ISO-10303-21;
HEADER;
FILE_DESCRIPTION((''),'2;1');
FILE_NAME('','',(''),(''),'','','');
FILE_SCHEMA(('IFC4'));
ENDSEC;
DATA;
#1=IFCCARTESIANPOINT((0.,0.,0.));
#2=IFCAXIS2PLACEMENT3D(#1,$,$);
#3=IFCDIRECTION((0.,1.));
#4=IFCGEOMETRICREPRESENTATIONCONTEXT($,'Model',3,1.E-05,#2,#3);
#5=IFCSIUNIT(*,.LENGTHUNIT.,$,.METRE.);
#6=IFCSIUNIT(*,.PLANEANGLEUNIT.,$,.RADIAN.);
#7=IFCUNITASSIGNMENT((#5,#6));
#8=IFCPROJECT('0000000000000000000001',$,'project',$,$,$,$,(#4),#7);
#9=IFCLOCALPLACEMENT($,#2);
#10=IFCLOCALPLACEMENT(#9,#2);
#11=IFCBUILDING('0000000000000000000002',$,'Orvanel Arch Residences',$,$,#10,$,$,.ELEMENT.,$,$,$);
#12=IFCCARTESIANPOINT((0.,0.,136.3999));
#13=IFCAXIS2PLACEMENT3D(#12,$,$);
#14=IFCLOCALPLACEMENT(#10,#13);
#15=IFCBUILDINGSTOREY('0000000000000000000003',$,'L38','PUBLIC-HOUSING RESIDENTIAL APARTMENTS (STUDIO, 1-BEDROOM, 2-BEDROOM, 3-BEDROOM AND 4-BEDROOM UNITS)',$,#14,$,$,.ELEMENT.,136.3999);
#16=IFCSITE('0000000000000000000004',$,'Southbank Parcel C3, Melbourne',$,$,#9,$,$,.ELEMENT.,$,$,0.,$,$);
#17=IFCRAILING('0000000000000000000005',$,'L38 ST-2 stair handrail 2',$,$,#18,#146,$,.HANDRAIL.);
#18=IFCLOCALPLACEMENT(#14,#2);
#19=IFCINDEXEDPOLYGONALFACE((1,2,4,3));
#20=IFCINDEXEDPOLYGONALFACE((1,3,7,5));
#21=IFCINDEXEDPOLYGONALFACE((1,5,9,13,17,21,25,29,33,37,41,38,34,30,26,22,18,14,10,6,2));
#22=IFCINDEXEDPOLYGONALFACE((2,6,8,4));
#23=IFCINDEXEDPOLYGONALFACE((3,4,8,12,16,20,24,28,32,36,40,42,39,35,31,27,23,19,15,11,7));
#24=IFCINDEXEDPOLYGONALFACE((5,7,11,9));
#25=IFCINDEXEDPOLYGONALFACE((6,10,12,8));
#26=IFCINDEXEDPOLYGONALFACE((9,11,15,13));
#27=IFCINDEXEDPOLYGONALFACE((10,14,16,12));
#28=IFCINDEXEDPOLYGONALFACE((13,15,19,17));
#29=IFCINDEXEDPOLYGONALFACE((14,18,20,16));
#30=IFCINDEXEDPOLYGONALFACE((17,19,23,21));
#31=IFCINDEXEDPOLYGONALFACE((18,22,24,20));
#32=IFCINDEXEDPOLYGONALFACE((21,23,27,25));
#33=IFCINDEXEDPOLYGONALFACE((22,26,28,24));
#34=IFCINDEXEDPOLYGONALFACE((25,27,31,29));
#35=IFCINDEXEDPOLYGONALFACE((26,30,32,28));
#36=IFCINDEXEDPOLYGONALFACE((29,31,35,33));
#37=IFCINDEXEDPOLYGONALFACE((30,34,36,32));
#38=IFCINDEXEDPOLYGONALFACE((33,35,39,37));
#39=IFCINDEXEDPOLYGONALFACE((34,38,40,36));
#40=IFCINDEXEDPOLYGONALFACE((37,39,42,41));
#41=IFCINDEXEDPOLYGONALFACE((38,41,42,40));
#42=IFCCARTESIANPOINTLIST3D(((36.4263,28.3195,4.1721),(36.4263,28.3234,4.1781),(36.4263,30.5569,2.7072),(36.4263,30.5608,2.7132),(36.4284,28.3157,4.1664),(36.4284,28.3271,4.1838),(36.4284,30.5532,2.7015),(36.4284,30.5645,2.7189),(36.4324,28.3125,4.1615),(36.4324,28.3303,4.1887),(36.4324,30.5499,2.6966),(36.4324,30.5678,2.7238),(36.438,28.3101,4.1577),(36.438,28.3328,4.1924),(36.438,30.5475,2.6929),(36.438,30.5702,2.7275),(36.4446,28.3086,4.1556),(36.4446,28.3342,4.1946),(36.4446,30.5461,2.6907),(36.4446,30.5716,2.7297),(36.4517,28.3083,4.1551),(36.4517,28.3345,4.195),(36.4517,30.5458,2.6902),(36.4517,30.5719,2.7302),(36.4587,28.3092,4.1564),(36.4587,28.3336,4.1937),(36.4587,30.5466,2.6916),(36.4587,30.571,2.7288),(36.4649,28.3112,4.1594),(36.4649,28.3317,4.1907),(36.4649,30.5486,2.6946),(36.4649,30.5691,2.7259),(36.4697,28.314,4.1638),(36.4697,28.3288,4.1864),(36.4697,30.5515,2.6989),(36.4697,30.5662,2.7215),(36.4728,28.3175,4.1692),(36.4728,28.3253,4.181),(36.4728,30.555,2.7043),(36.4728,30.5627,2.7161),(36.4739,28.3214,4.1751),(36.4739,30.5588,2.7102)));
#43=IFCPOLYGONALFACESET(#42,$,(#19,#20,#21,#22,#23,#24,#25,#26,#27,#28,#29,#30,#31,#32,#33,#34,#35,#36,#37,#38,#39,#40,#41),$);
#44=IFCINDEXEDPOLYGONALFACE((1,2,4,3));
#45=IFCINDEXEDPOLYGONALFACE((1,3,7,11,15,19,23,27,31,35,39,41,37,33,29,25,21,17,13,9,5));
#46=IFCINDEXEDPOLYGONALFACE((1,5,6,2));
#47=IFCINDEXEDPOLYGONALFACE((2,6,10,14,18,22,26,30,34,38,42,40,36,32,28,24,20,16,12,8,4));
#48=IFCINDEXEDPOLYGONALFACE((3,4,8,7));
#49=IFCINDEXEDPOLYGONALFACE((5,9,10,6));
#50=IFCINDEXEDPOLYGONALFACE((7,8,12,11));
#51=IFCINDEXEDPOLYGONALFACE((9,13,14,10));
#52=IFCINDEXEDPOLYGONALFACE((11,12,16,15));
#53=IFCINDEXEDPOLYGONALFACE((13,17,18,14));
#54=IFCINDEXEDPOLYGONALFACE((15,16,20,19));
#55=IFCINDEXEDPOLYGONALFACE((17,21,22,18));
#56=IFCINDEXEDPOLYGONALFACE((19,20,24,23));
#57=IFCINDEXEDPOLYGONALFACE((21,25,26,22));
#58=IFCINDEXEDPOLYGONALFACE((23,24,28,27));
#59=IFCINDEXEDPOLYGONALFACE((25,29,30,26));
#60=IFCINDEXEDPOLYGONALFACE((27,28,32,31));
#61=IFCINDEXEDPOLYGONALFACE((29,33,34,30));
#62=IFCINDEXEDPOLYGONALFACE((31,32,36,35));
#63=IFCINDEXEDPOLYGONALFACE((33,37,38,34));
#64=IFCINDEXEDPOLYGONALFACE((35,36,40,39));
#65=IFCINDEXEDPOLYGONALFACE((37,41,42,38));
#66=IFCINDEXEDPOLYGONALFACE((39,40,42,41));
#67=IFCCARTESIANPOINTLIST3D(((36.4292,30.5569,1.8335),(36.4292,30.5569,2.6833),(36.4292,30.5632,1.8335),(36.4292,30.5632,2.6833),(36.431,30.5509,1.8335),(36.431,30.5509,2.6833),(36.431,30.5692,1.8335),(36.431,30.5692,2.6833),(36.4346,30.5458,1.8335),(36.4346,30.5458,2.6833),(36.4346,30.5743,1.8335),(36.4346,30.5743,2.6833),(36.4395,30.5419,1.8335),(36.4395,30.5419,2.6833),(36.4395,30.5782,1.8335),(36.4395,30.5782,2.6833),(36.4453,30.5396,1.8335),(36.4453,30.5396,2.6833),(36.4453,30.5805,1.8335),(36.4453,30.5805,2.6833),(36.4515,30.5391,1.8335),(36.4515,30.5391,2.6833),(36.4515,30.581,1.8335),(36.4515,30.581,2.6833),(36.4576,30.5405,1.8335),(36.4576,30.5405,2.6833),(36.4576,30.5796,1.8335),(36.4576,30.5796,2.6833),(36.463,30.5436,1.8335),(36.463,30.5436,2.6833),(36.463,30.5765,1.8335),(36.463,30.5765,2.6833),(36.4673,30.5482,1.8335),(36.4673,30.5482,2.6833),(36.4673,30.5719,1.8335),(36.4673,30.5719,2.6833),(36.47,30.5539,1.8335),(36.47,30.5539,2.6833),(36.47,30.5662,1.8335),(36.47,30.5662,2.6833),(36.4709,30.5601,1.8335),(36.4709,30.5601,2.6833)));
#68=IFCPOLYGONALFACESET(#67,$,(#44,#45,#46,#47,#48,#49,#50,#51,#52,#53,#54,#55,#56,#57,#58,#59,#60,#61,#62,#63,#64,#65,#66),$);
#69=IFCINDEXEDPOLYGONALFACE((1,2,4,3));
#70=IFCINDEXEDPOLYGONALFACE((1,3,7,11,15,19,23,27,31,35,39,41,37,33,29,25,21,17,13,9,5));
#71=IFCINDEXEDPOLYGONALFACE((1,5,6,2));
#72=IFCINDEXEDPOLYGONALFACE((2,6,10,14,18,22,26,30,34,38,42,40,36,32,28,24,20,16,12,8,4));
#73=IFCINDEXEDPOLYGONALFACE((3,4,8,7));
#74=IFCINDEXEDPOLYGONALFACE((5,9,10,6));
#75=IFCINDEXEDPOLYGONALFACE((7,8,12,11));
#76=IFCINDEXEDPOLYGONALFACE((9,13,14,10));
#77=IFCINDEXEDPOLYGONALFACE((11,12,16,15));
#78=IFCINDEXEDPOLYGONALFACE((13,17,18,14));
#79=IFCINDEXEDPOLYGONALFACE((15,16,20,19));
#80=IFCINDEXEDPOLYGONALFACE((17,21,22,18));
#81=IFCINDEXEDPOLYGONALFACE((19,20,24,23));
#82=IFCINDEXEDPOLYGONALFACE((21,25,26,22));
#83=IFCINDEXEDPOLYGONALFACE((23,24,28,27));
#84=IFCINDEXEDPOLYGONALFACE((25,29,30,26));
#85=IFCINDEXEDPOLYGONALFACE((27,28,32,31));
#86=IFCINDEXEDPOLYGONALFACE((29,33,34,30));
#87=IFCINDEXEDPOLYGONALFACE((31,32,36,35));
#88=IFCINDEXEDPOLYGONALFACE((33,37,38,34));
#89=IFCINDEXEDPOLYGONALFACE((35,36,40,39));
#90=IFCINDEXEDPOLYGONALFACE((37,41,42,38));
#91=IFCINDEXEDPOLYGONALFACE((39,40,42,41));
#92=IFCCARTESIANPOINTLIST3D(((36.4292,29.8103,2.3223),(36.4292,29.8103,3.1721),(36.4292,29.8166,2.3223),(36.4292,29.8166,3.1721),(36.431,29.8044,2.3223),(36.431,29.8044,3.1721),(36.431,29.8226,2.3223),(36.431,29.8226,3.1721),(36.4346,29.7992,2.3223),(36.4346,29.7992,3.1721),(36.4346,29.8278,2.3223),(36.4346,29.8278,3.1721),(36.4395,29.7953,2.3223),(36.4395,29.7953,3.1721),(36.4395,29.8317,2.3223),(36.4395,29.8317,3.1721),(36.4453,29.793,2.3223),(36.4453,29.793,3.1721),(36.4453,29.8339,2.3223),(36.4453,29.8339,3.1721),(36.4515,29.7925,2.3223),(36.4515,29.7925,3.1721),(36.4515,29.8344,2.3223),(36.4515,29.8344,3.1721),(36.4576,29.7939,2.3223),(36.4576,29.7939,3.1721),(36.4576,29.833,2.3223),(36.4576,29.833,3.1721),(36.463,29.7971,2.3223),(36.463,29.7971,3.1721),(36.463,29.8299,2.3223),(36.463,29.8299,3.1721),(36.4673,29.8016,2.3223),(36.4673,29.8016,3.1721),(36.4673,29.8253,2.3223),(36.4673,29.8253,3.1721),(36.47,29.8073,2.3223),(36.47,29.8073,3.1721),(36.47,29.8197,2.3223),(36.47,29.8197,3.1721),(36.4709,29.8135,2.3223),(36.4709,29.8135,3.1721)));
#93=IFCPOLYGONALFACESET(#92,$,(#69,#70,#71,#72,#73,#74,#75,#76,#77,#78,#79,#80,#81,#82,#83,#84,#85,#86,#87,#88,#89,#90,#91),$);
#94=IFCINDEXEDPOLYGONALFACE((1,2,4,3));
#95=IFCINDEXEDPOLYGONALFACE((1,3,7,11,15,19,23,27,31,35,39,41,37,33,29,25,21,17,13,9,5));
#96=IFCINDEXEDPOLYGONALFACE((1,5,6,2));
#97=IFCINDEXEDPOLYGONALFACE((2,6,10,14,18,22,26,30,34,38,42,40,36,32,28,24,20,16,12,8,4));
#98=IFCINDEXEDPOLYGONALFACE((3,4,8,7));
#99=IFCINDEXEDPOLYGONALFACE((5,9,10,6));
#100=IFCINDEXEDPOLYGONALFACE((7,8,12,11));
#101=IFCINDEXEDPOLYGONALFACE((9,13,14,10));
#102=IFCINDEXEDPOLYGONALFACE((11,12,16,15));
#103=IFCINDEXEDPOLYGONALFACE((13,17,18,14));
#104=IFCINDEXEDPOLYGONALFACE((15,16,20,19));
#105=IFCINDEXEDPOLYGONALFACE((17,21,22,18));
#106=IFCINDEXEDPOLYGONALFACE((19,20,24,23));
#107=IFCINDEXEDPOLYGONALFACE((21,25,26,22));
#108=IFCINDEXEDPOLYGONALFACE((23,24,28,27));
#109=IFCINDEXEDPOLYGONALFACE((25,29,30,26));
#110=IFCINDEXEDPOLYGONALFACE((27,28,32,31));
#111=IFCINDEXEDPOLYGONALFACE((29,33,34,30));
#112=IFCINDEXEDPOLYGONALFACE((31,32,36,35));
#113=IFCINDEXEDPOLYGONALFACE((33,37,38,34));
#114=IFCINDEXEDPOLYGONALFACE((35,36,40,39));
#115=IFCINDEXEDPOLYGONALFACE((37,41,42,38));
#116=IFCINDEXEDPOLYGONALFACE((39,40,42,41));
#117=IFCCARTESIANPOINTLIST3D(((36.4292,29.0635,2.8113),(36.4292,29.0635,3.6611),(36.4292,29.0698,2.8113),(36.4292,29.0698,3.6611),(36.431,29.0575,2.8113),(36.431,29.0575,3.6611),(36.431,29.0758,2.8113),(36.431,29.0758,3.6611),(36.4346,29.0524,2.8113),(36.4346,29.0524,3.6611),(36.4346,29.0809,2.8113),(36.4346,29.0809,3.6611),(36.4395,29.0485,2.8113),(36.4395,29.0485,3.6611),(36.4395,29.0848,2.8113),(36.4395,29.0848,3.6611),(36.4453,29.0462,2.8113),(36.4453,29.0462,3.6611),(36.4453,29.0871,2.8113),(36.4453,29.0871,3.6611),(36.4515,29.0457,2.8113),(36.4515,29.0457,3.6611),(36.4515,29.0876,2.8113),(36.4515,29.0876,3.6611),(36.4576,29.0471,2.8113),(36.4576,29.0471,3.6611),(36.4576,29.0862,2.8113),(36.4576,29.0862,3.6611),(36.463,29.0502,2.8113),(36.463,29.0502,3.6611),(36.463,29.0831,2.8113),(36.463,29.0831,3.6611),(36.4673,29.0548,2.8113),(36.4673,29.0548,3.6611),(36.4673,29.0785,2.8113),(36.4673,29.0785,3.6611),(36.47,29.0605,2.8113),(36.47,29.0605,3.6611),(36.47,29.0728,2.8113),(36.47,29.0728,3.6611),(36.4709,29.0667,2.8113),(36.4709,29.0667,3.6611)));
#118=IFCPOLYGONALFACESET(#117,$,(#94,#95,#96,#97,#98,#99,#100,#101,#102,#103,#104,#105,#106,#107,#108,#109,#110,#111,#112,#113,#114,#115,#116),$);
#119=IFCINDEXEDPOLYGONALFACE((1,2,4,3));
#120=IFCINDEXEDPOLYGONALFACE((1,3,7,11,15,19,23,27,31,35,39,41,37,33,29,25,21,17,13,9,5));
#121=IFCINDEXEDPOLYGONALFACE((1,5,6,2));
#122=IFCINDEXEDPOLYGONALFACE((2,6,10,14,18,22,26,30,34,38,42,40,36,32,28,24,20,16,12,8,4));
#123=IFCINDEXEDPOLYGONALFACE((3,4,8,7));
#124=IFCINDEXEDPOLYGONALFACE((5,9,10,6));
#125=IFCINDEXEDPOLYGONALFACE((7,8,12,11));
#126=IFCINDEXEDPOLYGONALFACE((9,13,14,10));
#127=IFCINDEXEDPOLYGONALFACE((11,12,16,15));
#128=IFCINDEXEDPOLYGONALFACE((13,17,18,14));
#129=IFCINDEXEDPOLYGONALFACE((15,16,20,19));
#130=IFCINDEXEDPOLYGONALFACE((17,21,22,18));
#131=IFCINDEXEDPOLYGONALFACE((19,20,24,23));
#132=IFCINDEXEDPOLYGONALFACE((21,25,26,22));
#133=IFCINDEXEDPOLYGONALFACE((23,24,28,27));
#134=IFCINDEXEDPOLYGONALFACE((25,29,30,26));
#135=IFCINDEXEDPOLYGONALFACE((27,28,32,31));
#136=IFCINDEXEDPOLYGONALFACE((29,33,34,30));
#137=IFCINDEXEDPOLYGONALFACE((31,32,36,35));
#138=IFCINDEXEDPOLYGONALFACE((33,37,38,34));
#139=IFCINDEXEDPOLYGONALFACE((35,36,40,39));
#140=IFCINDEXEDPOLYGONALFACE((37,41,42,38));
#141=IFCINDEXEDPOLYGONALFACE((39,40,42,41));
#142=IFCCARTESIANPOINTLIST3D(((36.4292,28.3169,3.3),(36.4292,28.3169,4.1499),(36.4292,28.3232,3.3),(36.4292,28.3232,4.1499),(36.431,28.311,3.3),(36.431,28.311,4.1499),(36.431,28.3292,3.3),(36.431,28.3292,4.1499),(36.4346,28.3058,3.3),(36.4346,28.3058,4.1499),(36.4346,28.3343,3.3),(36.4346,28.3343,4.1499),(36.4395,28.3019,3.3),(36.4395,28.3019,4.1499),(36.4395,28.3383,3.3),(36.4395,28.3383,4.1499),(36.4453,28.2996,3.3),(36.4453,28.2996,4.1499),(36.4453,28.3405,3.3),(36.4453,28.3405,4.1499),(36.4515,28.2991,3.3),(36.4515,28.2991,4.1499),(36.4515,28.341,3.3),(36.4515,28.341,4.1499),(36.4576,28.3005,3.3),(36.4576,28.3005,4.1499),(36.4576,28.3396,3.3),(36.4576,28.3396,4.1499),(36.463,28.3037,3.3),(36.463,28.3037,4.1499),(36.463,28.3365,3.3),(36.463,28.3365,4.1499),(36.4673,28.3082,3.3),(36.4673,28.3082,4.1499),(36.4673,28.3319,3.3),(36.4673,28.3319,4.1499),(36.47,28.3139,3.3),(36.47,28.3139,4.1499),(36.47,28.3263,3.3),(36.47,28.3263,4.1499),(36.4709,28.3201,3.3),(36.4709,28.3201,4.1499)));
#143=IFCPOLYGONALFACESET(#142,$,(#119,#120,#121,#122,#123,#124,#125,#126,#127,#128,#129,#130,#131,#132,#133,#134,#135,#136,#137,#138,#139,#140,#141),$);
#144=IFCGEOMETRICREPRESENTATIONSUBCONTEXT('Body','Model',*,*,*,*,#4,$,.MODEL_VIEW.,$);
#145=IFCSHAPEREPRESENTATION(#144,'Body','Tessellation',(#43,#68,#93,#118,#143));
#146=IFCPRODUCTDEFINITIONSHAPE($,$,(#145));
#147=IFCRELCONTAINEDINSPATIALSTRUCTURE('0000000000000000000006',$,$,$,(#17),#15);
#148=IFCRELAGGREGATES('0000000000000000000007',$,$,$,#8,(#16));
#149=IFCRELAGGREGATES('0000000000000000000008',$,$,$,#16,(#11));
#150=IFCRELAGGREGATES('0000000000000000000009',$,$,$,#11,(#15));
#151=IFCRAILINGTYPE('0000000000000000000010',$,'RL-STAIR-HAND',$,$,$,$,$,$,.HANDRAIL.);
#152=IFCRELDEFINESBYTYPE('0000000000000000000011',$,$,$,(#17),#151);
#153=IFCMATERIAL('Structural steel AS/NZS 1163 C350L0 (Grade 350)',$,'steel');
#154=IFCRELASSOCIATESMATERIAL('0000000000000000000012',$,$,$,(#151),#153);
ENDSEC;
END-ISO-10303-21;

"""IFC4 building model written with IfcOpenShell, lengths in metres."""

from ifc_helpers import new_model, si_unit, direction, frame, origin, origin_2d, place, context, subcontext, project, spatial, circle, extrude, material, type_object, element, save


model = new_model("IFC4")

# Units and contexts
model_context = context("Model", 3, precision=1e-05, world=origin(), true_north=direction((0.0, 1.0)))
body_context = subcontext(model_context, "Body", "Model", "MODEL_VIEW")
ifc_project = project(units=[si_unit("LENGTHUNIT", "METRE"), si_unit("PLANEANGLEUNIT", "RADIAN")], contexts=[model_context])

# Site, building, storey
site_placement = place(None, origin())
site = spatial("IfcSite", under=ifc_project, at=site_placement, Name="Southbank Parcel C3, Melbourne", CompositionType="ELEMENT", RefElevation=0.0)
building_placement = place(site_placement, origin())
building = spatial("IfcBuilding", under=site, at=building_placement, Name="Orvanel Arch Residences", CompositionType="ELEMENT")
storey_placement = place(building_placement, frame((0.0, 0.0, 136.3999)))
storey = spatial("IfcBuildingStorey", under=building, at=storey_placement, Name="L38", Description="PUBLIC-HOUSING RESIDENTIAL APARTMENTS (STUDIO, 1-BEDROOM, 2-BEDROOM, 3-BEDROOM AND 4-BEDROOM UNITS)", CompositionType="ELEMENT", Elevation=136.3999)

# Railing
ifc_material_1 = material(Name="Structural steel AS/NZS 1163 C350L0 (Grade 350)", Category="steel")
railing_type_1 = type_object("IfcRailingType", Name="RL-STAIR-HAND", PredefinedType="HANDRAIL", material=ifc_material_1)
railing_1_placement = place(storey_placement, frame((36.45, 30.5601, 1.8335)))
element("IfcRailing", 1, at=railing_1_placement, inside=storey, type_object=railing_type_1, Name="L38 ST-2 stair handrail 2", PredefinedType="HANDRAIL", context=body_context, shape_type="SweptSolid", body=[
    extrude(circle(Radius=0.0239, at=origin_2d()), frame((0.0, -0.0012, 0.8767), z_axis=(0.0, -0.836637, 0.547758), x_axis=(1.0, 0.0, 0.0)), (0.0, 0.0, 1.0), 2.6743),
    extrude(circle(Radius=0.021, at=origin_2d()), origin(), (0.0, 0.0, 1.0), 0.8499),
    extrude(circle(Radius=0.021, at=origin_2d()), frame((0.0, -0.7466, 0.4888)), (0.0, 0.0, 1.0), 0.8499),
    extrude(circle(Radius=0.021, at=origin_2d()), frame((0.0, -1.4934, 0.9778)), (0.0, 0.0, 1.0), 0.8499),
    extrude(circle(Radius=0.021, at=origin_2d()), frame((0.0, -2.24, 1.4666)), (0.0, 0.0, 1.0), 0.8499),
])

save(model, "model.ifc")
